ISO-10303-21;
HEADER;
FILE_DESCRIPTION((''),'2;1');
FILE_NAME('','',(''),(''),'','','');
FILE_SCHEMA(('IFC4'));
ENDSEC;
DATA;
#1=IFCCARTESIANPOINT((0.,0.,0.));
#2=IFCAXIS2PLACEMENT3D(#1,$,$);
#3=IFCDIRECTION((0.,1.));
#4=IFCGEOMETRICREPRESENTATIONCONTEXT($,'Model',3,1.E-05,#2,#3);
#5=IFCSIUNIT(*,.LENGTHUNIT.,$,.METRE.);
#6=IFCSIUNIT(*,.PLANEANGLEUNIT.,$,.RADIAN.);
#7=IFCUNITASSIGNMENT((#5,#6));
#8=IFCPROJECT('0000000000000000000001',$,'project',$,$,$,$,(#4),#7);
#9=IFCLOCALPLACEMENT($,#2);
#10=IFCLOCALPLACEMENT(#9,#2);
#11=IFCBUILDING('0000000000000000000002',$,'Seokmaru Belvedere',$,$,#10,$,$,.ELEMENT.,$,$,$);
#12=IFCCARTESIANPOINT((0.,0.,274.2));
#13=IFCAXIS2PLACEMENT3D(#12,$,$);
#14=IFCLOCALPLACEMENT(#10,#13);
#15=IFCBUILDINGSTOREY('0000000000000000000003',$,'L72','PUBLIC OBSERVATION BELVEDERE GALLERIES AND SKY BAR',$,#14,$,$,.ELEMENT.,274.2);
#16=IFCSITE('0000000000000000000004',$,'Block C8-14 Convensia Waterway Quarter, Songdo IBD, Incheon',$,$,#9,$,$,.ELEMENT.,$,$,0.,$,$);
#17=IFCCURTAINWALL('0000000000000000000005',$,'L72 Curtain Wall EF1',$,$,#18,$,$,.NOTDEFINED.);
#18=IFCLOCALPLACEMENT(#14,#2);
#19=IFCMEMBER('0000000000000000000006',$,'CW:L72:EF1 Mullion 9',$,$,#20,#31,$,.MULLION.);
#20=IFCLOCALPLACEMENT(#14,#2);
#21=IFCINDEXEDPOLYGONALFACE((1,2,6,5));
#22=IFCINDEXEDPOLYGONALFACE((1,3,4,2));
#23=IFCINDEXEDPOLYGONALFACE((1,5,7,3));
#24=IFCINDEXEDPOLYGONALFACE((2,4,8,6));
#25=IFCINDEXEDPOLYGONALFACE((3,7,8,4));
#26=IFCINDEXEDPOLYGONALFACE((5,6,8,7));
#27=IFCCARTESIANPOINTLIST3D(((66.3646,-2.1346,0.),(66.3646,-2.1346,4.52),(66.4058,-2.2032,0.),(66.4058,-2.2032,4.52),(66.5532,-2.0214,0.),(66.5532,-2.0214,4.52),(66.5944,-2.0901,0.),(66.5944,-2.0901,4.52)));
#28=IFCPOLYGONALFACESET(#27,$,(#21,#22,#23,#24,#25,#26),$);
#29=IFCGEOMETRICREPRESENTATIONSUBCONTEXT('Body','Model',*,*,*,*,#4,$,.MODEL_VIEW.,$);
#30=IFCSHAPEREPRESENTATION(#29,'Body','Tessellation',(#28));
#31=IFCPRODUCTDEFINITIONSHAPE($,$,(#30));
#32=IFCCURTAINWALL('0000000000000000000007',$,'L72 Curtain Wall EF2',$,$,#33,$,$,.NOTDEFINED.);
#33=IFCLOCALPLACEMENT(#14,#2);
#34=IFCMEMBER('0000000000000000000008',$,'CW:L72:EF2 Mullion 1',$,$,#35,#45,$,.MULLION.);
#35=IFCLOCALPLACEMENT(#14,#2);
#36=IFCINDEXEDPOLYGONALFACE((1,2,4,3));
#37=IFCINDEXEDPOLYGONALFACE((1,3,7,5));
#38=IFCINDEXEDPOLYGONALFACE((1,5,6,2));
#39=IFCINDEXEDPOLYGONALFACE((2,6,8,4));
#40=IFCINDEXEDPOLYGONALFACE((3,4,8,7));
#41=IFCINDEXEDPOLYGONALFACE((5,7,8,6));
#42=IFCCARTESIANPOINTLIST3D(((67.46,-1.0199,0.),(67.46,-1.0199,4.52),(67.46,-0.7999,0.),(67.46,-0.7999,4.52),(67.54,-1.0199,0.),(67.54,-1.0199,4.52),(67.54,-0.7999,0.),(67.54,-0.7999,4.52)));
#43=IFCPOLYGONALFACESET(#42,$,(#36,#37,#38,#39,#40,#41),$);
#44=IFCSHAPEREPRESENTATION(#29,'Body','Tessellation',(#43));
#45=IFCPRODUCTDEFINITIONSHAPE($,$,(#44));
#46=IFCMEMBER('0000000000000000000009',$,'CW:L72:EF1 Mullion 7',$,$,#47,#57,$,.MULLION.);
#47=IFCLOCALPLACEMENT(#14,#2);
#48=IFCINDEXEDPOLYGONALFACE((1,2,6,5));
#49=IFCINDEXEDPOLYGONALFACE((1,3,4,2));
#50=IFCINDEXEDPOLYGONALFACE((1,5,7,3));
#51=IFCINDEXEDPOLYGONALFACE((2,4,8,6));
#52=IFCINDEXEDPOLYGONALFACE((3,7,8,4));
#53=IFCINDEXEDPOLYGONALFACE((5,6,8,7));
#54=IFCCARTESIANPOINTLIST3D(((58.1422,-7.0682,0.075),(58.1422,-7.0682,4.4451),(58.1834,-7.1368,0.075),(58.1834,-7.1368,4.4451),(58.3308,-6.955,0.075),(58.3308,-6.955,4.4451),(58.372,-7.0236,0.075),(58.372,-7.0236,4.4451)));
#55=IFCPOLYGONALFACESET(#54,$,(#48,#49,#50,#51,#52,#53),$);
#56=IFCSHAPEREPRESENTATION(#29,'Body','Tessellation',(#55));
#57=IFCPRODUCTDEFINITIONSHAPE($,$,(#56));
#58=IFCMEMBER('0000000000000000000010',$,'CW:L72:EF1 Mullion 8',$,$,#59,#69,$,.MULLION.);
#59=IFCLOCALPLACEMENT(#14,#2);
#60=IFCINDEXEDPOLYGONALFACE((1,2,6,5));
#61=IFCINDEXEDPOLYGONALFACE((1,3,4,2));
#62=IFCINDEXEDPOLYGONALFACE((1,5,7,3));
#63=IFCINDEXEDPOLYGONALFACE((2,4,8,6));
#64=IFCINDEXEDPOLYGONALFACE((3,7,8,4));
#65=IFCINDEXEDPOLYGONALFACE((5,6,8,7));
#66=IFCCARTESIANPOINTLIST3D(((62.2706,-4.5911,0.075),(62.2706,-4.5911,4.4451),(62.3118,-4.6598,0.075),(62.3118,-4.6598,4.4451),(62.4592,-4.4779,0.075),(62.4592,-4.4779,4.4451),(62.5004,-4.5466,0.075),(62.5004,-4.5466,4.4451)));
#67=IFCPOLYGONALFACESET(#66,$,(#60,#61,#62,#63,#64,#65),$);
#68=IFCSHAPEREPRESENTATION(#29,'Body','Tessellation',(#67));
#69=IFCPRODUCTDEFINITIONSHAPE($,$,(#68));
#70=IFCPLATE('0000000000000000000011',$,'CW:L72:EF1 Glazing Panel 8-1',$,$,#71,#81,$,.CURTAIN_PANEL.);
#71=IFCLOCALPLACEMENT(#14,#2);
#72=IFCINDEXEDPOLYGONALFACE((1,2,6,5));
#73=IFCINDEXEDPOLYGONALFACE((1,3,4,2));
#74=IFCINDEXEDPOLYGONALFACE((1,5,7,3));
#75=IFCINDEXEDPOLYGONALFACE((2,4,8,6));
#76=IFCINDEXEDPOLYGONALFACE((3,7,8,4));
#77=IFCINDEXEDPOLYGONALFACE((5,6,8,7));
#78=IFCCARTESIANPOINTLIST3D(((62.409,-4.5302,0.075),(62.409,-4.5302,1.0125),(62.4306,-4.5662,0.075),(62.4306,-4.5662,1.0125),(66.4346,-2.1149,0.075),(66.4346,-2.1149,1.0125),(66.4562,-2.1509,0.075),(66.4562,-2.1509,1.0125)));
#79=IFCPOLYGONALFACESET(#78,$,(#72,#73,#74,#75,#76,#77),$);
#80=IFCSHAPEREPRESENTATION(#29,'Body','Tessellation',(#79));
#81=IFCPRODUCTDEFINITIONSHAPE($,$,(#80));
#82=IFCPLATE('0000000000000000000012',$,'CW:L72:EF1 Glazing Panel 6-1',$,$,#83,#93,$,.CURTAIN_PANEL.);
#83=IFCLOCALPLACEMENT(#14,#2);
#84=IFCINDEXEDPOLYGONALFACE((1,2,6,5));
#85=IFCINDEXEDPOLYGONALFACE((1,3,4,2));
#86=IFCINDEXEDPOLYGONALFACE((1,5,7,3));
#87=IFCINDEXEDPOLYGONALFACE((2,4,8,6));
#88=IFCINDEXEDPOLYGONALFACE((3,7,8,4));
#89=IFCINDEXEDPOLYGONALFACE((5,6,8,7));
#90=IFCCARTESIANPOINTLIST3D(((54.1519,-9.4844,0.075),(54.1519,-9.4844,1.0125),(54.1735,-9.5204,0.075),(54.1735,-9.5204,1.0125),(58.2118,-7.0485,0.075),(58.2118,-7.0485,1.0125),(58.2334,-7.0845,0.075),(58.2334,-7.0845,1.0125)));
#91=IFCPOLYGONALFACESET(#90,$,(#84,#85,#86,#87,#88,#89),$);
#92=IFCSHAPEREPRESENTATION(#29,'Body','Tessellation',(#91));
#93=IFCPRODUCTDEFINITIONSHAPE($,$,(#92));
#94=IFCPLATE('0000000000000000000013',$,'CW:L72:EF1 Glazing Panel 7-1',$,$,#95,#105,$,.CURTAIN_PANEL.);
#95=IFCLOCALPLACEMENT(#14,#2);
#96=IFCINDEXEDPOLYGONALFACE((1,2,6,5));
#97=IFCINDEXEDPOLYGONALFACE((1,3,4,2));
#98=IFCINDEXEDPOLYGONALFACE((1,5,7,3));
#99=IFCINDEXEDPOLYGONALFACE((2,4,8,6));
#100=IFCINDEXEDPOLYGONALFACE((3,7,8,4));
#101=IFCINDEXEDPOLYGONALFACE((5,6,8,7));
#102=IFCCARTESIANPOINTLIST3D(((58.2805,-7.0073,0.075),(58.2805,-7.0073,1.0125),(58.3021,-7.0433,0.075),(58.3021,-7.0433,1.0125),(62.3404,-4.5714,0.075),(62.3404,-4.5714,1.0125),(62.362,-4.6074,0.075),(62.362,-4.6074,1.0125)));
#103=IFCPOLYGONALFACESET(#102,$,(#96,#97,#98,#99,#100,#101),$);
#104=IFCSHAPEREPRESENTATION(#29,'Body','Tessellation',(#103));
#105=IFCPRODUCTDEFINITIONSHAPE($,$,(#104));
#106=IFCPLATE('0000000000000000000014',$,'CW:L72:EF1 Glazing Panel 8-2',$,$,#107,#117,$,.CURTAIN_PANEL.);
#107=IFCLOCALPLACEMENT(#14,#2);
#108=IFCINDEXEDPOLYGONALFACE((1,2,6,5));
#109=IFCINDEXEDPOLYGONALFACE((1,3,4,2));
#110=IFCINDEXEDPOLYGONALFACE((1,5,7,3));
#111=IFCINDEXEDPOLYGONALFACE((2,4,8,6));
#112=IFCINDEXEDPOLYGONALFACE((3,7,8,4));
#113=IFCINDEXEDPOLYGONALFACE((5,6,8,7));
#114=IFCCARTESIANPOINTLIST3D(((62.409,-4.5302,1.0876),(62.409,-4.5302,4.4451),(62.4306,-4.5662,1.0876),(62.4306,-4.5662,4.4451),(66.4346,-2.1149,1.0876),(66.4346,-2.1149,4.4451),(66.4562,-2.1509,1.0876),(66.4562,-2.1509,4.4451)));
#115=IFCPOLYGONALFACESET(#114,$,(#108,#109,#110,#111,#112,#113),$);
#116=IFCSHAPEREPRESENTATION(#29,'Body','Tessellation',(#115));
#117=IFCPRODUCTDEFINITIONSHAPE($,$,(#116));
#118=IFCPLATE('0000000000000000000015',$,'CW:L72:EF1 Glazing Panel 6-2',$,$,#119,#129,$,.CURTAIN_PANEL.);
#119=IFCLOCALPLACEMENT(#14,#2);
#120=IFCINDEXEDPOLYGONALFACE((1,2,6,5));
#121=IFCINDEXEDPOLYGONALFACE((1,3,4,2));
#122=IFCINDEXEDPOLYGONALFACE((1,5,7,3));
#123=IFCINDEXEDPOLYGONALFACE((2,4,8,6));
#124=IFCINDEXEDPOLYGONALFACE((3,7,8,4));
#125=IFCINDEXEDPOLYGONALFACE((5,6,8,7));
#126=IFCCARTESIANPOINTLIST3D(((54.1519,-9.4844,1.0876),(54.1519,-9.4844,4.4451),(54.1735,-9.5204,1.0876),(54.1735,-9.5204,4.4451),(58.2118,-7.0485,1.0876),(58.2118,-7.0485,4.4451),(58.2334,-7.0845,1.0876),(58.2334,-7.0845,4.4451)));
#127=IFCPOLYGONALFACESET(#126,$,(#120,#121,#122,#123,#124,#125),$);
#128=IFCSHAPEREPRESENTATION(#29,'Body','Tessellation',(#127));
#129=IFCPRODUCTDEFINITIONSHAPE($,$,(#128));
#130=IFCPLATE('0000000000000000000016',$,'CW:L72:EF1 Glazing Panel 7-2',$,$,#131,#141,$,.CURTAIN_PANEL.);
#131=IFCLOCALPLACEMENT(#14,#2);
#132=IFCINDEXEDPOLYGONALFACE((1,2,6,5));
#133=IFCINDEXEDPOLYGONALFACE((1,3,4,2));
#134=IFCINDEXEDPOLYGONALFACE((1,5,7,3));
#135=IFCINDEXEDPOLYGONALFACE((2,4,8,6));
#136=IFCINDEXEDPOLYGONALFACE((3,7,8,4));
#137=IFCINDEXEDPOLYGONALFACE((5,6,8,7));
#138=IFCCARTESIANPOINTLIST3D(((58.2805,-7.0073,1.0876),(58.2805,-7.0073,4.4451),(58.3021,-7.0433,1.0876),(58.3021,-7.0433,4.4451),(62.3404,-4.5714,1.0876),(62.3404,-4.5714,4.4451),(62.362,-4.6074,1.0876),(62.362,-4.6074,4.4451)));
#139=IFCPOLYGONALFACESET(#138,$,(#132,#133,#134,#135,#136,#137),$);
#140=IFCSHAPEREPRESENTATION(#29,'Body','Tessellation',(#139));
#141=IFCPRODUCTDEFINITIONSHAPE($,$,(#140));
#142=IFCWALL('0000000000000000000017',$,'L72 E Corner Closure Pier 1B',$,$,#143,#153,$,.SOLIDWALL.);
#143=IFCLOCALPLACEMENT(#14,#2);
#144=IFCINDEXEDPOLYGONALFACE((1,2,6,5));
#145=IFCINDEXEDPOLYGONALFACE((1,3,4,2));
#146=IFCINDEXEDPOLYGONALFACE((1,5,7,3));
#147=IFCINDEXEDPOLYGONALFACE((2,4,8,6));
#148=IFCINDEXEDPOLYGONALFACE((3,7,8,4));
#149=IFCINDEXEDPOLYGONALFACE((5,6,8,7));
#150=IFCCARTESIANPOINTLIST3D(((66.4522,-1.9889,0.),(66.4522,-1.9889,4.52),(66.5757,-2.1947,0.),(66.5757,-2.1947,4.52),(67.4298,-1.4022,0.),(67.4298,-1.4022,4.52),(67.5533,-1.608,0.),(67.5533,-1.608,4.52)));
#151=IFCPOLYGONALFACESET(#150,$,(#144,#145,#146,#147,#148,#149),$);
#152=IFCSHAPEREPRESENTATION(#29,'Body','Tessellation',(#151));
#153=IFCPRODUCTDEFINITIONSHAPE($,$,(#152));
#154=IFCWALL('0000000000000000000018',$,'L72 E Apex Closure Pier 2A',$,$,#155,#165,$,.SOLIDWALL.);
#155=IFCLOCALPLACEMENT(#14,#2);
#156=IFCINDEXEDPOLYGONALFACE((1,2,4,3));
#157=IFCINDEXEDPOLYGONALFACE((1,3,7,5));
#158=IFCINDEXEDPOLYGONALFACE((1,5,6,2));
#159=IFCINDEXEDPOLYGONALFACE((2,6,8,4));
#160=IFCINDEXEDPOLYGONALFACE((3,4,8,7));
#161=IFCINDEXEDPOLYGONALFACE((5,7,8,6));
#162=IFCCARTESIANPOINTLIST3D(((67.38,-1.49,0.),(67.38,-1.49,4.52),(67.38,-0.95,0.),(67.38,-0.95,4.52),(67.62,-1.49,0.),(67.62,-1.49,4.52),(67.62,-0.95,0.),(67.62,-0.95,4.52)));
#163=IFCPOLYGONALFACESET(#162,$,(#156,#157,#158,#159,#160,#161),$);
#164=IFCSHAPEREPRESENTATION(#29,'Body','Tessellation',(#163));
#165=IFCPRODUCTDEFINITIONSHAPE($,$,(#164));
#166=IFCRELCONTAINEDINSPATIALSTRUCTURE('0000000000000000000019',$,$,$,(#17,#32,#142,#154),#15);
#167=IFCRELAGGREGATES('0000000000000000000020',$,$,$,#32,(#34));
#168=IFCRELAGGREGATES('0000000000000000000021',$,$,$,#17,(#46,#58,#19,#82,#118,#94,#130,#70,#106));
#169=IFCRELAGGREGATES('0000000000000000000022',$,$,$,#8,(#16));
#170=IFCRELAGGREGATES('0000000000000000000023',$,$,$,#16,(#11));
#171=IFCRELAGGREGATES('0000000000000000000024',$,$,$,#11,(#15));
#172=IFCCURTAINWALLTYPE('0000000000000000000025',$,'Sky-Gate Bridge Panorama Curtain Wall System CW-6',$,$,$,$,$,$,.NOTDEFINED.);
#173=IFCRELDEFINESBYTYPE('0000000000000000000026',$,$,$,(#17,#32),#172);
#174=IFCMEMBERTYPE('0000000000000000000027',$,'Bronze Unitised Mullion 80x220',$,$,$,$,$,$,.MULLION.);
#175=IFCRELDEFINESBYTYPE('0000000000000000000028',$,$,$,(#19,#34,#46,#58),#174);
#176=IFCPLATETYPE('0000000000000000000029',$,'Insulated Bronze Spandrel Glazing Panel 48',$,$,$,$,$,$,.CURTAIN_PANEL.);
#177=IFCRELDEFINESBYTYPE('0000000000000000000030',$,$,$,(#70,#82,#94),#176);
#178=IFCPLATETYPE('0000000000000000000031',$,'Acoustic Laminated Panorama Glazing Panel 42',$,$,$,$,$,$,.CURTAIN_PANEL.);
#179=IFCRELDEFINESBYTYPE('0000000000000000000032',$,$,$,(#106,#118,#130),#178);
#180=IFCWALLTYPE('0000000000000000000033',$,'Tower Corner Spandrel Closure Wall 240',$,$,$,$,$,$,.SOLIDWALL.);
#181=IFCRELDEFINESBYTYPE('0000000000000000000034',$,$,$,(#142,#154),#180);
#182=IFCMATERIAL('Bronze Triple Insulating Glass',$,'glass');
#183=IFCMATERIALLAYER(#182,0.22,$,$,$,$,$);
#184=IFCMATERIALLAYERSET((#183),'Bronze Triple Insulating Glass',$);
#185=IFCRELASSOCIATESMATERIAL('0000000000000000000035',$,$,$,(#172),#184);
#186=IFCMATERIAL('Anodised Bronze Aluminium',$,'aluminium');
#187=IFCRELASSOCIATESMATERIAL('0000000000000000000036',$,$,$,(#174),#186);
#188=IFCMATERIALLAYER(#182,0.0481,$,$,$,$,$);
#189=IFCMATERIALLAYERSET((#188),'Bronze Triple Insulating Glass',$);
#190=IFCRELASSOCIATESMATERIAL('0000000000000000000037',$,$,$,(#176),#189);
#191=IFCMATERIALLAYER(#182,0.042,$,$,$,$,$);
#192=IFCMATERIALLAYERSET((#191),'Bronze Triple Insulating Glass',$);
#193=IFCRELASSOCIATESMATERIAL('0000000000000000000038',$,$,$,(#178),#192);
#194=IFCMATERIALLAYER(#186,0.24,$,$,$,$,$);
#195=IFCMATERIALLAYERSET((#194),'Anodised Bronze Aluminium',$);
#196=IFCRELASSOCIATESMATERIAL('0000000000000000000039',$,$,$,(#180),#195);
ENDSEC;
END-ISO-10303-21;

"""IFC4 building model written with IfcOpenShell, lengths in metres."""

from ifc_helpers import new_model, si_unit, direction, frame, frame_2d, origin, origin_2d, place, context, subcontext, project, spatial, rectangle, extrude, source, transform, mapped, material, layer, layer_set, material_profile, profile_set, type_object, type_shapes, element, aggregate, save


model = new_model("IFC4")

# Units and contexts
model_context = context("Model", 3, precision=1e-05, world=origin(), true_north=direction((0.0, 1.0)))
body_context = subcontext(model_context, "Body", "Model", "MODEL_VIEW")
ifc_project = project(units=[si_unit("LENGTHUNIT", "METRE"), si_unit("PLANEANGLEUNIT", "RADIAN")], contexts=[model_context])

# Site, building, storey
site_placement = place(None, origin())
site = spatial("IfcSite", under=ifc_project, at=site_placement, Name="Block C8-14 Convensia Waterway Quarter, Songdo IBD, Incheon", CompositionType="ELEMENT", RefElevation=0.0)
building_placement = place(site_placement, origin())
building = spatial("IfcBuilding", under=site, at=building_placement, Name="Seokmaru Belvedere", CompositionType="ELEMENT")
storey_placement = place(building_placement, frame((0.0, 0.0, 274.2)))
storey = spatial("IfcBuildingStorey", under=building, at=storey_placement, Name="L72", Description="PUBLIC OBSERVATION BELVEDERE GALLERIES AND SKY BAR", CompositionType="ELEMENT", Elevation=274.2)

# Curtain wall, member
ifc_material_1 = material(Name="Bronze Triple Insulating Glass", Category="glass")
ifc_layer_1 = layer(ifc_material_1, 0.22)
ifc_layer_set_1 = layer_set([ifc_layer_1], Name="Bronze Triple Insulating Glass")
curtain_wall_type = type_object("IfcCurtainWallType", Name="Sky-Gate Bridge Panorama Curtain Wall System CW-6", PredefinedType="NOTDEFINED", material=ifc_layer_set_1)
curtain_wall_1_placement = place(storey_placement, origin())
curtain_wall_1 = element("IfcCurtainWall", 1, at=curtain_wall_1_placement, inside=storey, type_object=curtain_wall_type, Name="L72 Curtain Wall EF1", PredefinedType="NOTDEFINED")
ifc_material_2 = material(Name="Anodised Bronze Aluminium", Category="aluminium")
ifc_material_profile_1 = material_profile(ifc_material_2, rectangle(XDim=0.0801, YDim=0.22, at=origin_2d()), Name="CW-M-80x220")
ifc_profile_set_1 = profile_set([ifc_material_profile_1], Name="Anodised Bronze Aluminium")
member_type_1 = type_object("IfcMemberType", Name="Bronze Unitised Mullion 80x220", PredefinedType="MULLION", material=ifc_profile_set_1)
shared_shape_1 = source(origin(), body_context, "Body", "SweptSolid", [
    extrude(rectangle(XDim=0.0801, YDim=0.22, at=origin_2d()), origin(), (0.0, 0.0, 1.0), 4.52),
])
member_1_placement = place(storey_placement, frame((66.4795, -2.1123, 0.0), z_axis=(0.0, 0.0, 1.0), x_axis=(-0.514495, 0.857493, 0.0)))
member_1 = element("IfcMember", 2, at=member_1_placement, type_object=member_type_1, Name="CW:L72:EF1 Mullion 9", PredefinedType="MULLION", context=body_context, shape_type="MappedRepresentation", body=[
    mapped(shared_shape_1, transform((0.0, 0.0, 0.0), scale=1.0)),
])

# Curtain wall, member
curtain_wall_2_placement = place(storey_placement, origin())
curtain_wall_2 = element("IfcCurtainWall", 3, at=curtain_wall_2_placement, inside=storey, type_object=curtain_wall_type, Name="L72 Curtain Wall EF2", PredefinedType="NOTDEFINED")
member_2_placement = place(storey_placement, frame((67.5, -0.9099, 0.0), z_axis=(0.0, 0.0, 1.0), x_axis=(-1.0, 0.0, 0.0)))
member_2 = element("IfcMember", 4, at=member_2_placement, type_object=member_type_1, Name="CW:L72:EF2 Mullion 1", PredefinedType="MULLION", context=body_context, shape_type="MappedRepresentation", body=[
    mapped(shared_shape_1, transform((0.0, 0.0, 0.0), scale=1.0)),
])
aggregate(curtain_wall_2, [member_2])

# Members
shared_shape_2 = source(origin(), body_context, "Body", "SweptSolid", [
    extrude(rectangle(XDim=0.0801, YDim=0.22, at=origin_2d()), origin(), (0.0, 0.0, 1.0), 4.3701),
])
type_shapes(member_type_1, [shared_shape_1, shared_shape_2])
member_3_placement = place(storey_placement, frame((58.2571, -7.0459, 0.075), z_axis=(0.0, 0.0, 1.0), x_axis=(-0.514495, 0.857493, 0.0)))
member_3 = element("IfcMember", 5, at=member_3_placement, type_object=member_type_1, Name="CW:L72:EF1 Mullion 7", PredefinedType="MULLION", context=body_context, shape_type="MappedRepresentation", body=[
    mapped(shared_shape_2, transform((0.0, 0.0, 0.0), scale=1.0)),
])
member_4_placement = place(storey_placement, frame((62.3855, -4.5688, 0.075), z_axis=(0.0, 0.0, 1.0), x_axis=(-0.514495, 0.857493, 0.0)))
member_4 = element("IfcMember", 6, at=member_4_placement, type_object=member_type_1, Name="CW:L72:EF1 Mullion 8", PredefinedType="MULLION", context=body_context, shape_type="MappedRepresentation", body=[
    mapped(shared_shape_2, transform((0.0, 0.0, 0.0), scale=1.0)),
])

# Plates
ifc_layer_2 = layer(ifc_material_1, 0.0481)
ifc_layer_set_2 = layer_set([ifc_layer_2], Name="Bronze Triple Insulating Glass")
plate_type_1 = type_object("IfcPlateType", Name="Insulated Bronze Spandrel Glazing Panel 48", PredefinedType="CURTAIN_PANEL", material=ifc_layer_set_2)
shared_shape_3 = source(origin(), body_context, "Body", "SweptSolid", [
    extrude(rectangle(XDim=4.6946, YDim=0.042, at=origin_2d()), origin(), (0.0, 0.0, 1.0), 0.9375),
])
plate_1_placement = place(storey_placement, frame((64.4326, -3.3406, 0.075), z_axis=(0.0, 0.0, 1.0), x_axis=(0.857493, 0.514495, 0.0)))
plate_1 = element("IfcPlate", 7, at=plate_1_placement, type_object=plate_type_1, Name="CW:L72:EF1 Glazing Panel 8-1", PredefinedType="CURTAIN_PANEL", context=body_context, shape_type="MappedRepresentation", body=[
    mapped(shared_shape_3, transform((0.0, 0.0, 0.0), scale=1.0)),
])
shared_shape_4 = source(origin(), body_context, "Body", "SweptSolid", [
    extrude(rectangle(XDim=4.7346, YDim=0.042, at=origin_2d()), origin(), (0.0, 0.0, 1.0), 0.9375),
])
type_shapes(plate_type_1, [shared_shape_3, shared_shape_4])
plate_2_placement = place(storey_placement, frame((56.1926, -8.2844, 0.075), z_axis=(0.0, 0.0, 1.0), x_axis=(0.857493, 0.514495, 0.0)))
plate_2 = element("IfcPlate", 8, at=plate_2_placement, type_object=plate_type_1, Name="CW:L72:EF1 Glazing Panel 6-1", PredefinedType="CURTAIN_PANEL", context=body_context, shape_type="MappedRepresentation", body=[
    mapped(shared_shape_4, transform((0.0, 0.0, 0.0), scale=1.0)),
])
plate_3_placement = place(storey_placement, frame((60.3213, -5.8074, 0.075), z_axis=(0.0, 0.0, 1.0), x_axis=(0.857493, 0.514495, 0.0)))
plate_3 = element("IfcPlate", 9, at=plate_3_placement, type_object=plate_type_1, Name="CW:L72:EF1 Glazing Panel 7-1", PredefinedType="CURTAIN_PANEL", context=body_context, shape_type="MappedRepresentation", body=[
    mapped(shared_shape_4, transform((0.0, 0.0, 0.0), scale=1.0)),
])
ifc_layer_3 = layer(ifc_material_1, 0.042)
ifc_layer_set_3 = layer_set([ifc_layer_3], Name="Bronze Triple Insulating Glass")
plate_type_2 = type_object("IfcPlateType", Name="Acoustic Laminated Panorama Glazing Panel 42", PredefinedType="CURTAIN_PANEL", material=ifc_layer_set_3)
shared_shape_5 = source(origin(), body_context, "Body", "SweptSolid", [
    extrude(rectangle(XDim=4.6946, YDim=0.042, at=origin_2d()), origin(), (0.0, 0.0, 1.0), 3.3574),
])
plate_4_placement = place(storey_placement, frame((64.4326, -3.3406, 1.0876), z_axis=(0.0, 0.0, 1.0), x_axis=(0.857493, 0.514495, 0.0)))
plate_4 = element("IfcPlate", 10, at=plate_4_placement, type_object=plate_type_2, Name="CW:L72:EF1 Glazing Panel 8-2", PredefinedType="CURTAIN_PANEL", context=body_context, shape_type="MappedRepresentation", body=[
    mapped(shared_shape_5, transform((0.0, 0.0, 0.0), scale=1.0)),
])
shared_shape_6 = source(origin(), body_context, "Body", "SweptSolid", [
    extrude(rectangle(XDim=4.7346, YDim=0.042, at=origin_2d()), origin(), (0.0, 0.0, 1.0), 3.3574),
])
type_shapes(plate_type_2, [shared_shape_5, shared_shape_6])
plate_5_placement = place(storey_placement, frame((56.1926, -8.2844, 1.0876), z_axis=(0.0, 0.0, 1.0), x_axis=(0.857493, 0.514495, 0.0)))
plate_5 = element("IfcPlate", 11, at=plate_5_placement, type_object=plate_type_2, Name="CW:L72:EF1 Glazing Panel 6-2", PredefinedType="CURTAIN_PANEL", context=body_context, shape_type="MappedRepresentation", body=[
    mapped(shared_shape_6, transform((0.0, 0.0, 0.0), scale=1.0)),
])
plate_6_placement = place(storey_placement, frame((60.3213, -5.8074, 1.0876), z_axis=(0.0, 0.0, 1.0), x_axis=(0.857493, 0.514495, 0.0)))
plate_6 = element("IfcPlate", 12, at=plate_6_placement, type_object=plate_type_2, Name="CW:L72:EF1 Glazing Panel 7-2", PredefinedType="CURTAIN_PANEL", context=body_context, shape_type="MappedRepresentation", body=[
    mapped(shared_shape_6, transform((0.0, 0.0, 0.0), scale=1.0)),
])
aggregate(curtain_wall_1, [member_3, member_4, member_1, plate_2, plate_5, plate_3, plate_6, plate_1, plate_4])

# Walls
ifc_layer_4 = layer(ifc_material_2, 0.24)
ifc_layer_set_4 = layer_set([ifc_layer_4], Name="Anodised Bronze Aluminium")
wall_type = type_object("IfcWallType", Name="Tower Corner Spandrel Closure Wall 240", PredefinedType="SOLIDWALL", material=ifc_layer_set_4)
wall_1_placement = place(storey_placement, frame((66.5139, -2.0918, 0.0), z_axis=(0.0, 0.0, 1.0), x_axis=(0.857436, 0.51459, 0.0)))
element("IfcWall", 13, at=wall_1_placement, inside=storey, type_object=wall_type, Name="L72 E Corner Closure Pier 1B", PredefinedType="SOLIDWALL", context=body_context, shape_type="SweptSolid", body=[
    extrude(rectangle(XDim=1.1401, YDim=0.24, at=frame_2d((0.5701, 0.0))), origin(), (0.0, 0.0, 1.0), 4.52),
])
wall_2_placement = place(storey_placement, frame((67.5, -1.49, 0.0), z_axis=(0.0, 0.0, 1.0), x_axis=(0.0, 1.0, 0.0)))
element("IfcWall", 14, at=wall_2_placement, inside=storey, type_object=wall_type, Name="L72 E Apex Closure Pier 2A", PredefinedType="SOLIDWALL", context=body_context, shape_type="SweptSolid", body=[
    extrude(rectangle(XDim=0.54, YDim=0.24, at=frame_2d((0.27, 0.0))), origin(), (0.0, 0.0, 1.0), 4.52),
])

save(model, "model.ifc")
